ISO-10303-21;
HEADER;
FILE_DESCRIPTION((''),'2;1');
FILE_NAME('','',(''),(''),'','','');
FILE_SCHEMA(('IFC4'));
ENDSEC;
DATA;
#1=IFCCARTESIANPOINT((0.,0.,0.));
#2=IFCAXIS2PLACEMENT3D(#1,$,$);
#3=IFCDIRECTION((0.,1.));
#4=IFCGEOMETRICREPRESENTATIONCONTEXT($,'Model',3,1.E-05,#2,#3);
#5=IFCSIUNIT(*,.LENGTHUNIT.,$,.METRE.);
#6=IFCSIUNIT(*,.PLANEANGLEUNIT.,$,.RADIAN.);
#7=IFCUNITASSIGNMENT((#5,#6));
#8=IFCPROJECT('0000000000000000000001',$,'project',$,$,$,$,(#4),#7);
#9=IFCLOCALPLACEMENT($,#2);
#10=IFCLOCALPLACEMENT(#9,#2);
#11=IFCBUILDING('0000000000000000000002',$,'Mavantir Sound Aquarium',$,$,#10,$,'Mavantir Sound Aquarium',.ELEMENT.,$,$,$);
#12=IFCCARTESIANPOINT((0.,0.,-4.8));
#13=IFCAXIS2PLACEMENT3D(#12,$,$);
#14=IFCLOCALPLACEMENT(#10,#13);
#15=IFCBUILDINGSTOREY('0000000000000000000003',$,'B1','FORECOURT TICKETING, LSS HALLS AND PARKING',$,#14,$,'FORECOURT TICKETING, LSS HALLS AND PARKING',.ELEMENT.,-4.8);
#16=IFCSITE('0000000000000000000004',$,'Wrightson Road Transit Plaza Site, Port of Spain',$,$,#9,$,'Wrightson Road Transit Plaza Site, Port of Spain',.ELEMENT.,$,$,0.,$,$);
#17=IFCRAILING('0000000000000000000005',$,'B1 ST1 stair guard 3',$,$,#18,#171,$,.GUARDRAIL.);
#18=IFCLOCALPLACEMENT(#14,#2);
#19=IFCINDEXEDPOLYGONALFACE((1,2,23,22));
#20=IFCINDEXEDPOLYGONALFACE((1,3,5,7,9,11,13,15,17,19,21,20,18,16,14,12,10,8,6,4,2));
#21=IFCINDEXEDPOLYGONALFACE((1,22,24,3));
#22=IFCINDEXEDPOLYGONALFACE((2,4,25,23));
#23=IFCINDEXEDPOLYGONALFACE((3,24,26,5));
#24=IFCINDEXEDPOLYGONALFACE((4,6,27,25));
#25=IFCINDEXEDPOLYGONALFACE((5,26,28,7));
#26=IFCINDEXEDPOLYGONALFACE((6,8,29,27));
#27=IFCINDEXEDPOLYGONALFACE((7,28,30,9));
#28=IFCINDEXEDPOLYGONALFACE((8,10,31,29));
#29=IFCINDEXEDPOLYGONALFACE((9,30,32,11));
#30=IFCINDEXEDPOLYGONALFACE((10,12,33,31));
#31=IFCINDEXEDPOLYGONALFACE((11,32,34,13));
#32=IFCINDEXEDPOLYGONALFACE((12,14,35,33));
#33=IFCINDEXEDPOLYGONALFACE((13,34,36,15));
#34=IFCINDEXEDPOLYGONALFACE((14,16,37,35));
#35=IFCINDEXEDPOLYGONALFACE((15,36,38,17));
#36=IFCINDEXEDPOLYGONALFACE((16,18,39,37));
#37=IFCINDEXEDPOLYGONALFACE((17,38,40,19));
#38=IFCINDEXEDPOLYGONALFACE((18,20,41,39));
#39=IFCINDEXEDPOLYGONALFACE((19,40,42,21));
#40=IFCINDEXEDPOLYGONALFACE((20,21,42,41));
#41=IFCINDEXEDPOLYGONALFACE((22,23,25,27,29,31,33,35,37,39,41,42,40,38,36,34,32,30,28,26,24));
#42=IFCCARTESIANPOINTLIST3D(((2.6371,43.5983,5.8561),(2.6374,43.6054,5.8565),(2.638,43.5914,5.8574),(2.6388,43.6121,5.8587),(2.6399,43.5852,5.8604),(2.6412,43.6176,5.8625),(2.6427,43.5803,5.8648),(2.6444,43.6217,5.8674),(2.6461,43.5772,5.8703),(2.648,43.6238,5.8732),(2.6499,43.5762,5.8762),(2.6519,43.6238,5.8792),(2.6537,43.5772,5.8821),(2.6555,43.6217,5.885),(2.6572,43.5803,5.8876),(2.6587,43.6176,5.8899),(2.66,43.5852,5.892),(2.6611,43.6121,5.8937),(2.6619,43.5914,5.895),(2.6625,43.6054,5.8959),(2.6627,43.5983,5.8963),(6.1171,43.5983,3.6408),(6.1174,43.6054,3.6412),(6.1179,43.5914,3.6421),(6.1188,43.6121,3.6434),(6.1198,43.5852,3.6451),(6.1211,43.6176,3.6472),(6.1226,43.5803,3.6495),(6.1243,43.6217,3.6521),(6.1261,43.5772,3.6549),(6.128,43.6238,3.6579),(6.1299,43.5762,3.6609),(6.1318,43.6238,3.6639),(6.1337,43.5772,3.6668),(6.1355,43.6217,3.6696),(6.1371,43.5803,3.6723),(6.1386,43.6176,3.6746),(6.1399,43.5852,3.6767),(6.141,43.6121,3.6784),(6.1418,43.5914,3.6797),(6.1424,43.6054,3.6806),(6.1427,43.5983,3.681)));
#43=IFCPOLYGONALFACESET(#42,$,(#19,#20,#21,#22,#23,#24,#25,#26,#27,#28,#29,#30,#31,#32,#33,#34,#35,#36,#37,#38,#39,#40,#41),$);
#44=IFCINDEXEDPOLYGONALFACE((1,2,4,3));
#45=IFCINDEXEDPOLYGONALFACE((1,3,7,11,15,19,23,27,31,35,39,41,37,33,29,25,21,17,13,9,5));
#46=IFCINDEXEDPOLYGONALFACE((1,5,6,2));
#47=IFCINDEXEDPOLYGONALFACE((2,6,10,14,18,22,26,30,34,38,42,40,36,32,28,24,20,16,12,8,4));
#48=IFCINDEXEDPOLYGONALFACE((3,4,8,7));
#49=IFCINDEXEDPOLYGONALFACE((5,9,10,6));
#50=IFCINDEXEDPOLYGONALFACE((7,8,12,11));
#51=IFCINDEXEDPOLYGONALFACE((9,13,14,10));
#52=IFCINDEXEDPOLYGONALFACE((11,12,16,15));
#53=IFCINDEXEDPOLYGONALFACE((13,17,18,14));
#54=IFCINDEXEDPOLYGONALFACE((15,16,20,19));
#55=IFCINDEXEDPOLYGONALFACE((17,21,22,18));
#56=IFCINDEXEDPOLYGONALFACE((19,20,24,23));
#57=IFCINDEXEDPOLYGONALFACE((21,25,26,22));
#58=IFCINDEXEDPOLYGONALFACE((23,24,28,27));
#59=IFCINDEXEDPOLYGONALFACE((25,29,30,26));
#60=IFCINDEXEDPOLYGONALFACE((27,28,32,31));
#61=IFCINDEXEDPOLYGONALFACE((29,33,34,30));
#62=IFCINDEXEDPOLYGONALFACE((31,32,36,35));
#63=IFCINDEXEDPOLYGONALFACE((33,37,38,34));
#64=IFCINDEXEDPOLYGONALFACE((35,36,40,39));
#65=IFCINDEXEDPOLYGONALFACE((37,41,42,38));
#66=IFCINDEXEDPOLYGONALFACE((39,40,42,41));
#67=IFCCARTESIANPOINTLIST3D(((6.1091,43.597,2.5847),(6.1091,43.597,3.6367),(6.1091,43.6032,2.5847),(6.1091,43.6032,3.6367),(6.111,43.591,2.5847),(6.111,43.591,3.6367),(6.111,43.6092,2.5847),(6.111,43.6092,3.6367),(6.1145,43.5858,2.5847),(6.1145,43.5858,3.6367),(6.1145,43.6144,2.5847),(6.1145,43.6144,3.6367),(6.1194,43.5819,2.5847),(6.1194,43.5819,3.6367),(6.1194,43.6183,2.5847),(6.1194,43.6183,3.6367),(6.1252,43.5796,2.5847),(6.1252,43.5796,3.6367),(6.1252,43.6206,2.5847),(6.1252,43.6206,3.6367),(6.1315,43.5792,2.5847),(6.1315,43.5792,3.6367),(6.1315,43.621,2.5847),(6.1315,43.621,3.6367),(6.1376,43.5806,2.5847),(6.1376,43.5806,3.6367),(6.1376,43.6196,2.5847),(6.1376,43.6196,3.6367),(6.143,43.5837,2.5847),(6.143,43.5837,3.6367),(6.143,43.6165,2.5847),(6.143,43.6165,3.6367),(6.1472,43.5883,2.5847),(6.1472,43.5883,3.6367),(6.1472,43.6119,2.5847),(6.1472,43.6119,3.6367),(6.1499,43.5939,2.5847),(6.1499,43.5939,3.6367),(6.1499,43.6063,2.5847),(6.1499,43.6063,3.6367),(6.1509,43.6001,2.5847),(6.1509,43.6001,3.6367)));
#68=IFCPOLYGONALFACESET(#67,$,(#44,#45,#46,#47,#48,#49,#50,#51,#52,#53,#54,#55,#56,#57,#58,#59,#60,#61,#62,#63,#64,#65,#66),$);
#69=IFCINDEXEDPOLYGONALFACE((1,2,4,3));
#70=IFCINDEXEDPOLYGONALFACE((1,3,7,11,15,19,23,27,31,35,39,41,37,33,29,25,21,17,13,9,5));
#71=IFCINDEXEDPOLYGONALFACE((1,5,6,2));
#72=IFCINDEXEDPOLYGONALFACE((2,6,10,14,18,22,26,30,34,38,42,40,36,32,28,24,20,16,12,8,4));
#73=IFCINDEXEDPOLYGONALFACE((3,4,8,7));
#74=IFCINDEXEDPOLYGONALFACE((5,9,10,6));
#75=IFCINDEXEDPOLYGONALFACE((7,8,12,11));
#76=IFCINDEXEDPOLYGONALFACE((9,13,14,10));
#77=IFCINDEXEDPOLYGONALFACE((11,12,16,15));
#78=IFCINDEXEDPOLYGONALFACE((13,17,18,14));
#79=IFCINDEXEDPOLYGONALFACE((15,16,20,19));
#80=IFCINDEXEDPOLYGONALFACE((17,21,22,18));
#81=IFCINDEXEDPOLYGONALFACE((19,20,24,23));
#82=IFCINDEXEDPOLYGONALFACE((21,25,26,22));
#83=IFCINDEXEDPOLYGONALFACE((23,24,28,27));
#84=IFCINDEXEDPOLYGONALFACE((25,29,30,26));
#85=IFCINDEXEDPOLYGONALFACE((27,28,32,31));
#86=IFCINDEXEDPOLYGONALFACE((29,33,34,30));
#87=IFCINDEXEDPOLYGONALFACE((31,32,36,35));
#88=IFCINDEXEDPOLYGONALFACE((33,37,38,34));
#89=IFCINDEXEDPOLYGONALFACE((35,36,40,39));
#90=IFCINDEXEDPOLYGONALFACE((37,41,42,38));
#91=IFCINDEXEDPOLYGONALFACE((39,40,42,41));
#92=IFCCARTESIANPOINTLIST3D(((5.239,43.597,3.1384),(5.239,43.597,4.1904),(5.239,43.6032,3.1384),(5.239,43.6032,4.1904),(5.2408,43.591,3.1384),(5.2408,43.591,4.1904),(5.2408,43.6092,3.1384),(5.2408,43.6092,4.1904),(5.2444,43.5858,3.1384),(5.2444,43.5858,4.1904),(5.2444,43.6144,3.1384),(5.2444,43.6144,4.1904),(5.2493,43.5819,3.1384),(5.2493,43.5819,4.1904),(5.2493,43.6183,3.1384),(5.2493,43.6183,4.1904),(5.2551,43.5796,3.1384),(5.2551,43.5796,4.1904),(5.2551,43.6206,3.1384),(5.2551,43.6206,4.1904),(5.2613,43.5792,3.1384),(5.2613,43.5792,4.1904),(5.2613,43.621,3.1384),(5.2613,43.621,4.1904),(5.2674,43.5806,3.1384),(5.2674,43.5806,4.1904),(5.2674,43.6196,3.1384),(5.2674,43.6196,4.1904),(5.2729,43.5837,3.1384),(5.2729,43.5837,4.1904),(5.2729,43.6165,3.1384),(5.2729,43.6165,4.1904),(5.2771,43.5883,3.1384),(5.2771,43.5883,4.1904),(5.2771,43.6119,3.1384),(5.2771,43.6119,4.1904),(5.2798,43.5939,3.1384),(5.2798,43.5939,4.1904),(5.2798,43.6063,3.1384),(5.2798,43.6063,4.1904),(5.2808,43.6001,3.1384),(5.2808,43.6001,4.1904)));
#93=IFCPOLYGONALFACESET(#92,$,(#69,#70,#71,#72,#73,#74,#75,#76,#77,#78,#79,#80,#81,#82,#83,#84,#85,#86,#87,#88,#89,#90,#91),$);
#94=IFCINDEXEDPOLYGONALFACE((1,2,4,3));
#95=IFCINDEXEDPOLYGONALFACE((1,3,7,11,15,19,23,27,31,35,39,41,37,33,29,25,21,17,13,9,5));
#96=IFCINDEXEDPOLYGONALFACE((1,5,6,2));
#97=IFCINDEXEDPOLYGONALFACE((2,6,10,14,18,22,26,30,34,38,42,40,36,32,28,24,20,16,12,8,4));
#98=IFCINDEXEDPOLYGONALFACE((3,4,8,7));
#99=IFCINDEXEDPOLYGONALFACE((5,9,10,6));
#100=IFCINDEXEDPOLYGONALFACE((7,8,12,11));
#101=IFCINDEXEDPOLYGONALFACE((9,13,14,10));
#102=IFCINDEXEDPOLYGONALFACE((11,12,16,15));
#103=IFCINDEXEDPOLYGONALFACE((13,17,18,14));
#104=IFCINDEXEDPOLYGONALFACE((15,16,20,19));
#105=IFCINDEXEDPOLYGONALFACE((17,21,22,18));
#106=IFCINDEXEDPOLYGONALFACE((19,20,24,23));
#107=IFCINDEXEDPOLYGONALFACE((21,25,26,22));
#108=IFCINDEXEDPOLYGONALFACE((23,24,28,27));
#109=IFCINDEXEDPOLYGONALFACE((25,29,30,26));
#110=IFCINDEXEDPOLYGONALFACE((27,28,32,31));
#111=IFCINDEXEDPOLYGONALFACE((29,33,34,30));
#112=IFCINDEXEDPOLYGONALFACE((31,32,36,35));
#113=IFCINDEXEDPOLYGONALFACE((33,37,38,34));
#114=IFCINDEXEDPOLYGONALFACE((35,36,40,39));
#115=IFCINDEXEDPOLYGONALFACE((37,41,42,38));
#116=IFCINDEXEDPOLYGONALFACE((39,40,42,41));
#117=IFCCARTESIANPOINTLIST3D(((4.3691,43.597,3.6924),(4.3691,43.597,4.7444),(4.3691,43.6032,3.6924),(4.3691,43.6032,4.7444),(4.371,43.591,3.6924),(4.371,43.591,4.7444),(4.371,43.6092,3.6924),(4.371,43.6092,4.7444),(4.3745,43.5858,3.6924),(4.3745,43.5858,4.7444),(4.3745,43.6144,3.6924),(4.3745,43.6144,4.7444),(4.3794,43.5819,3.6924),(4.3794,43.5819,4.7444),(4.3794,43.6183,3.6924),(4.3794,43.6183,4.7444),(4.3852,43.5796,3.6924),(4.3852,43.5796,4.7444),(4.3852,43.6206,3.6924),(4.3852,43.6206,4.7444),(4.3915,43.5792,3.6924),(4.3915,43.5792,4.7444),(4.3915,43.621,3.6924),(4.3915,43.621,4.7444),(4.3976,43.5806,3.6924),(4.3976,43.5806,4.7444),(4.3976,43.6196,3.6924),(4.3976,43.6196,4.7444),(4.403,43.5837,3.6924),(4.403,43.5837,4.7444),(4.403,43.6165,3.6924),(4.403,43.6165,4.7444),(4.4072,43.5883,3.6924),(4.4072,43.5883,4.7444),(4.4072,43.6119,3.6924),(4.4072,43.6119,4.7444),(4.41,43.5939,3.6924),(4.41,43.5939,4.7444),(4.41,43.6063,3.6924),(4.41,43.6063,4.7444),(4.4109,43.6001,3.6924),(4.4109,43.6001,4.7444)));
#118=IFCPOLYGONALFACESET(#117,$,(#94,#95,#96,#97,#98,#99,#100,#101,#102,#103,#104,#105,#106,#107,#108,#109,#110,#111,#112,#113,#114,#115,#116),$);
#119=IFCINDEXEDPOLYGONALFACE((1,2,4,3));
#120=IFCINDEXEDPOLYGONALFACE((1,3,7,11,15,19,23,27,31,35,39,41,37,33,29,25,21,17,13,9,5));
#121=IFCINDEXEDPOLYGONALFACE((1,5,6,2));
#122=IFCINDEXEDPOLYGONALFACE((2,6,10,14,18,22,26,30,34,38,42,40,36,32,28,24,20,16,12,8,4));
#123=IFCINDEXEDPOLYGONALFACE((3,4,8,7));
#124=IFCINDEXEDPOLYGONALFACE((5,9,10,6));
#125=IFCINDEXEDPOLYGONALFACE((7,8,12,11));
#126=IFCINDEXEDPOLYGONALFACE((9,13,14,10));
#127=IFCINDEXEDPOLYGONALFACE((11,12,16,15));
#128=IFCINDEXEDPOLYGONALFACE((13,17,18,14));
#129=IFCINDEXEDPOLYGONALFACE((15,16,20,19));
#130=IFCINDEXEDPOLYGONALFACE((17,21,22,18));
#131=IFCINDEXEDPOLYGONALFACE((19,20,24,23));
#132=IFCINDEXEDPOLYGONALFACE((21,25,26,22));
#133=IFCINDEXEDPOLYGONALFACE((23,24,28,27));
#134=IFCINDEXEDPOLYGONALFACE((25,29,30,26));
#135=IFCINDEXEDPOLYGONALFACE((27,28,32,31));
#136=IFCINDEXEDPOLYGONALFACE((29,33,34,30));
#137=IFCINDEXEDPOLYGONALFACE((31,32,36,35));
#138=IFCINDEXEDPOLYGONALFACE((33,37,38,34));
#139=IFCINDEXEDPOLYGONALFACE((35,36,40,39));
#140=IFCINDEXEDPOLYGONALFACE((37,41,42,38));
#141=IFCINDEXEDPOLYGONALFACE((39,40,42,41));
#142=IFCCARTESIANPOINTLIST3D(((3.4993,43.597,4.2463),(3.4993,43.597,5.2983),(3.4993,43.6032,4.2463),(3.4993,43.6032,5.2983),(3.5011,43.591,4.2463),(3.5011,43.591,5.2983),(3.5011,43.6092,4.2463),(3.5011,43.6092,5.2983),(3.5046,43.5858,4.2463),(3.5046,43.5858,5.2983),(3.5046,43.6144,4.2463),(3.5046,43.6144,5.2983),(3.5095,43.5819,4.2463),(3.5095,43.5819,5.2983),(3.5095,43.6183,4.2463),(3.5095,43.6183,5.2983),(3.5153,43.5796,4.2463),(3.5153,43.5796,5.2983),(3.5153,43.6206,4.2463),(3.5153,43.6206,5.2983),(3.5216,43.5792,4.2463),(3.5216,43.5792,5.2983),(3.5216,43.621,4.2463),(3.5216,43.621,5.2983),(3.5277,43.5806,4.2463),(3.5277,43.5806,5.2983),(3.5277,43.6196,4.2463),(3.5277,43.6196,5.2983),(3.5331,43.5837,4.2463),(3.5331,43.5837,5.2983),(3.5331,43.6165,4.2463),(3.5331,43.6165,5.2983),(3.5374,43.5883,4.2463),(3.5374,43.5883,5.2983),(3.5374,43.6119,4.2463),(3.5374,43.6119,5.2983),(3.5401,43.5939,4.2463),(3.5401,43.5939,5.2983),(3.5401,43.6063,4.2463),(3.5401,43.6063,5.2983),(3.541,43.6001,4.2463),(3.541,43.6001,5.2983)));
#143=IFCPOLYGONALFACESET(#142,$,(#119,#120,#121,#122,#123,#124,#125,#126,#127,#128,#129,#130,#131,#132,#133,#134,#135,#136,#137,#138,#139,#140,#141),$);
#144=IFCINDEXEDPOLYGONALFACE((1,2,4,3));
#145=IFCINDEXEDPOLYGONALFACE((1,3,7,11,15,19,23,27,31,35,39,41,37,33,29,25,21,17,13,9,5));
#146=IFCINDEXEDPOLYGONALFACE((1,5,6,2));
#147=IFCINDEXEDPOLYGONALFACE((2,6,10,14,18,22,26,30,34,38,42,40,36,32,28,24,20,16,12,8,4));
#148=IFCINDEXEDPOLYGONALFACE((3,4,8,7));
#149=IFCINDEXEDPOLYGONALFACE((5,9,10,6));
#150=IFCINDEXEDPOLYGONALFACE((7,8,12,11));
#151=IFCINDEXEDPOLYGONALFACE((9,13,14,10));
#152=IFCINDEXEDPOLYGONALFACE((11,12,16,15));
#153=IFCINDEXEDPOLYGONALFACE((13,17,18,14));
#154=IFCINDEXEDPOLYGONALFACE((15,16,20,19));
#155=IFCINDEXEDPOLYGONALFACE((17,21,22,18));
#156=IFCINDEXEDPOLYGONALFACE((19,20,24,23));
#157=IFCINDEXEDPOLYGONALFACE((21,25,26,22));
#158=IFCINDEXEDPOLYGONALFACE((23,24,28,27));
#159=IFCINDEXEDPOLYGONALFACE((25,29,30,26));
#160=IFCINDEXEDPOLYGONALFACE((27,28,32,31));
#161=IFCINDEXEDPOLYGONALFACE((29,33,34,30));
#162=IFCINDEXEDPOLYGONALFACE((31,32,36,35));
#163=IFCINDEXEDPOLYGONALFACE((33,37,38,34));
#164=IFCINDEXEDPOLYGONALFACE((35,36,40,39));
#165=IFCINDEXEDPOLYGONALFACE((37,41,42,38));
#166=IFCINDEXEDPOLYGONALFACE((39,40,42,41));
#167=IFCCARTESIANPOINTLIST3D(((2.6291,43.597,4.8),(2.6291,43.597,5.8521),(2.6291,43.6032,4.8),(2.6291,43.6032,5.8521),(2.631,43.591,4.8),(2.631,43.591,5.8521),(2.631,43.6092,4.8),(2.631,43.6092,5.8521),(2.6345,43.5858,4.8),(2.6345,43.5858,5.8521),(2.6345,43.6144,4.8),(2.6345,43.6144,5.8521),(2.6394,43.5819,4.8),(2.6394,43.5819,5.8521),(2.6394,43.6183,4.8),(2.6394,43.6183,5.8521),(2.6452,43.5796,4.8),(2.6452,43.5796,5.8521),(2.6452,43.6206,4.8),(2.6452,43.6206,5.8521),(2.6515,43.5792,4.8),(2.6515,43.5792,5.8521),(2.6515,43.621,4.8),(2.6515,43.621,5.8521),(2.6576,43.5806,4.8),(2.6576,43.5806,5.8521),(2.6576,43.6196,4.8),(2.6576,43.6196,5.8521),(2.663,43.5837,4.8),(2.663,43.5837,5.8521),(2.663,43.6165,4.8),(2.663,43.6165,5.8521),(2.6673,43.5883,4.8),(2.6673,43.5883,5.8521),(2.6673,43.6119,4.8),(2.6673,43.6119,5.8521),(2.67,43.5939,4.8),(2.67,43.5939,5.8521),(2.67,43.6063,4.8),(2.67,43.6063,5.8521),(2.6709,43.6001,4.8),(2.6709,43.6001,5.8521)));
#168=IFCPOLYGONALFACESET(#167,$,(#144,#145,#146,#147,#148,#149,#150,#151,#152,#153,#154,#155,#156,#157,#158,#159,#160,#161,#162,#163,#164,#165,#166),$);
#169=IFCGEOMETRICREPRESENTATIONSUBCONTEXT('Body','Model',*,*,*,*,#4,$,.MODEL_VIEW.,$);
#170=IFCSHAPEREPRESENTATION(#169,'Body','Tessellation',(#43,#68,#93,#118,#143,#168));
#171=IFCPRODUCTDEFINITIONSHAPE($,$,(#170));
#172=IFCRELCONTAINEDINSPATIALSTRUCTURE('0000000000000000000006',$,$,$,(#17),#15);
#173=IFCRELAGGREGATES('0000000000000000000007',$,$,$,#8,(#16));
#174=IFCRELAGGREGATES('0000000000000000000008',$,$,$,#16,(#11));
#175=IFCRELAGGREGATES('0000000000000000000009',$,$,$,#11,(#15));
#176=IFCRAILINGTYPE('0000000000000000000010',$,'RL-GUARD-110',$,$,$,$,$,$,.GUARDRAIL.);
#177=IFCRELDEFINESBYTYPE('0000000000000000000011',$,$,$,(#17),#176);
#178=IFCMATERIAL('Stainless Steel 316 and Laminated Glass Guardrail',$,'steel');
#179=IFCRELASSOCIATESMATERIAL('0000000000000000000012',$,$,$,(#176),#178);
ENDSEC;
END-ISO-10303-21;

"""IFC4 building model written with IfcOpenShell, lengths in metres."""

from ifc_helpers import new_model, si_unit, direction, frame, origin, origin_2d, place, context, subcontext, project, spatial, circle, extrude, material, type_object, element, save


model = new_model("IFC4")

# Units and contexts
model_context = context("Model", 3, precision=1e-05, world=origin(), true_north=direction((0.0, 1.0)))
body_context = subcontext(model_context, "Body", "Model", "MODEL_VIEW")
ifc_project = project(units=[si_unit("LENGTHUNIT", "METRE"), si_unit("PLANEANGLEUNIT", "RADIAN")], contexts=[model_context])

# Site, building, storey
site_placement = place(None, origin())
site = spatial("IfcSite", under=ifc_project, at=site_placement, Name="Wrightson Road Transit Plaza Site, Port of Spain", LongName="Wrightson Road Transit Plaza Site, Port of Spain", CompositionType="ELEMENT", RefElevation=0.0)
building_placement = place(site_placement, origin())
building = spatial("IfcBuilding", under=site, at=building_placement, Name="Mavantir Sound Aquarium", LongName="Mavantir Sound Aquarium", CompositionType="ELEMENT")
storey_placement = place(building_placement, frame((0.0, 0.0, -4.8)))
storey = spatial("IfcBuildingStorey", under=building, at=storey_placement, Name="B1", Description="FORECOURT TICKETING, LSS HALLS AND PARKING", LongName="FORECOURT TICKETING, LSS HALLS AND PARKING", CompositionType="ELEMENT", Elevation=-4.8)

# Railing
ifc_material_1 = material(Name="Stainless Steel 316 and Laminated Glass Guardrail", Category="steel")
railing_type_1 = type_object("IfcRailingType", Name="RL-GUARD-110", PredefinedType="GUARDRAIL", material=ifc_material_1)
railing_1_placement = place(storey_placement, frame((6.1299, 43.6001, 2.5847)))
element("IfcRailing", 1, at=railing_1_placement, inside=storey, type_object=railing_type_1, Name="B1 ST1 stair guard 3", PredefinedType="GUARDRAIL", context=body_context, shape_type="SweptSolid", body=[
    extrude(circle(Radius=0.0239, at=origin_2d()), frame((0.0, 0.0, 1.0762), z_axis=(-0.843574, 0.0, 0.537013), x_axis=(0.0, -1.0, 0.0)), (0.0, 0.0, 1.0), 4.1252),
    extrude(circle(Radius=0.021, at=origin_2d()), origin(), (0.0, 0.0, 1.0), 1.052),
    extrude(circle(Radius=0.021, at=origin_2d()), frame((-0.8701, 0.0, 0.5537)), (0.0, 0.0, 1.0), 1.052),
    extrude(circle(Radius=0.021, at=origin_2d()), frame((-1.74, 0.0, 1.1077)), (0.0, 0.0, 1.0), 1.052),
    extrude(circle(Radius=0.021, at=origin_2d()), frame((-2.6099, 0.0, 1.6616)), (0.0, 0.0, 1.0), 1.052),
    extrude(circle(Radius=0.021, at=origin_2d()), frame((-3.48, 0.0, 2.2153)), (0.0, 0.0, 1.0), 1.052),
])

save(model, "model.ifc")
